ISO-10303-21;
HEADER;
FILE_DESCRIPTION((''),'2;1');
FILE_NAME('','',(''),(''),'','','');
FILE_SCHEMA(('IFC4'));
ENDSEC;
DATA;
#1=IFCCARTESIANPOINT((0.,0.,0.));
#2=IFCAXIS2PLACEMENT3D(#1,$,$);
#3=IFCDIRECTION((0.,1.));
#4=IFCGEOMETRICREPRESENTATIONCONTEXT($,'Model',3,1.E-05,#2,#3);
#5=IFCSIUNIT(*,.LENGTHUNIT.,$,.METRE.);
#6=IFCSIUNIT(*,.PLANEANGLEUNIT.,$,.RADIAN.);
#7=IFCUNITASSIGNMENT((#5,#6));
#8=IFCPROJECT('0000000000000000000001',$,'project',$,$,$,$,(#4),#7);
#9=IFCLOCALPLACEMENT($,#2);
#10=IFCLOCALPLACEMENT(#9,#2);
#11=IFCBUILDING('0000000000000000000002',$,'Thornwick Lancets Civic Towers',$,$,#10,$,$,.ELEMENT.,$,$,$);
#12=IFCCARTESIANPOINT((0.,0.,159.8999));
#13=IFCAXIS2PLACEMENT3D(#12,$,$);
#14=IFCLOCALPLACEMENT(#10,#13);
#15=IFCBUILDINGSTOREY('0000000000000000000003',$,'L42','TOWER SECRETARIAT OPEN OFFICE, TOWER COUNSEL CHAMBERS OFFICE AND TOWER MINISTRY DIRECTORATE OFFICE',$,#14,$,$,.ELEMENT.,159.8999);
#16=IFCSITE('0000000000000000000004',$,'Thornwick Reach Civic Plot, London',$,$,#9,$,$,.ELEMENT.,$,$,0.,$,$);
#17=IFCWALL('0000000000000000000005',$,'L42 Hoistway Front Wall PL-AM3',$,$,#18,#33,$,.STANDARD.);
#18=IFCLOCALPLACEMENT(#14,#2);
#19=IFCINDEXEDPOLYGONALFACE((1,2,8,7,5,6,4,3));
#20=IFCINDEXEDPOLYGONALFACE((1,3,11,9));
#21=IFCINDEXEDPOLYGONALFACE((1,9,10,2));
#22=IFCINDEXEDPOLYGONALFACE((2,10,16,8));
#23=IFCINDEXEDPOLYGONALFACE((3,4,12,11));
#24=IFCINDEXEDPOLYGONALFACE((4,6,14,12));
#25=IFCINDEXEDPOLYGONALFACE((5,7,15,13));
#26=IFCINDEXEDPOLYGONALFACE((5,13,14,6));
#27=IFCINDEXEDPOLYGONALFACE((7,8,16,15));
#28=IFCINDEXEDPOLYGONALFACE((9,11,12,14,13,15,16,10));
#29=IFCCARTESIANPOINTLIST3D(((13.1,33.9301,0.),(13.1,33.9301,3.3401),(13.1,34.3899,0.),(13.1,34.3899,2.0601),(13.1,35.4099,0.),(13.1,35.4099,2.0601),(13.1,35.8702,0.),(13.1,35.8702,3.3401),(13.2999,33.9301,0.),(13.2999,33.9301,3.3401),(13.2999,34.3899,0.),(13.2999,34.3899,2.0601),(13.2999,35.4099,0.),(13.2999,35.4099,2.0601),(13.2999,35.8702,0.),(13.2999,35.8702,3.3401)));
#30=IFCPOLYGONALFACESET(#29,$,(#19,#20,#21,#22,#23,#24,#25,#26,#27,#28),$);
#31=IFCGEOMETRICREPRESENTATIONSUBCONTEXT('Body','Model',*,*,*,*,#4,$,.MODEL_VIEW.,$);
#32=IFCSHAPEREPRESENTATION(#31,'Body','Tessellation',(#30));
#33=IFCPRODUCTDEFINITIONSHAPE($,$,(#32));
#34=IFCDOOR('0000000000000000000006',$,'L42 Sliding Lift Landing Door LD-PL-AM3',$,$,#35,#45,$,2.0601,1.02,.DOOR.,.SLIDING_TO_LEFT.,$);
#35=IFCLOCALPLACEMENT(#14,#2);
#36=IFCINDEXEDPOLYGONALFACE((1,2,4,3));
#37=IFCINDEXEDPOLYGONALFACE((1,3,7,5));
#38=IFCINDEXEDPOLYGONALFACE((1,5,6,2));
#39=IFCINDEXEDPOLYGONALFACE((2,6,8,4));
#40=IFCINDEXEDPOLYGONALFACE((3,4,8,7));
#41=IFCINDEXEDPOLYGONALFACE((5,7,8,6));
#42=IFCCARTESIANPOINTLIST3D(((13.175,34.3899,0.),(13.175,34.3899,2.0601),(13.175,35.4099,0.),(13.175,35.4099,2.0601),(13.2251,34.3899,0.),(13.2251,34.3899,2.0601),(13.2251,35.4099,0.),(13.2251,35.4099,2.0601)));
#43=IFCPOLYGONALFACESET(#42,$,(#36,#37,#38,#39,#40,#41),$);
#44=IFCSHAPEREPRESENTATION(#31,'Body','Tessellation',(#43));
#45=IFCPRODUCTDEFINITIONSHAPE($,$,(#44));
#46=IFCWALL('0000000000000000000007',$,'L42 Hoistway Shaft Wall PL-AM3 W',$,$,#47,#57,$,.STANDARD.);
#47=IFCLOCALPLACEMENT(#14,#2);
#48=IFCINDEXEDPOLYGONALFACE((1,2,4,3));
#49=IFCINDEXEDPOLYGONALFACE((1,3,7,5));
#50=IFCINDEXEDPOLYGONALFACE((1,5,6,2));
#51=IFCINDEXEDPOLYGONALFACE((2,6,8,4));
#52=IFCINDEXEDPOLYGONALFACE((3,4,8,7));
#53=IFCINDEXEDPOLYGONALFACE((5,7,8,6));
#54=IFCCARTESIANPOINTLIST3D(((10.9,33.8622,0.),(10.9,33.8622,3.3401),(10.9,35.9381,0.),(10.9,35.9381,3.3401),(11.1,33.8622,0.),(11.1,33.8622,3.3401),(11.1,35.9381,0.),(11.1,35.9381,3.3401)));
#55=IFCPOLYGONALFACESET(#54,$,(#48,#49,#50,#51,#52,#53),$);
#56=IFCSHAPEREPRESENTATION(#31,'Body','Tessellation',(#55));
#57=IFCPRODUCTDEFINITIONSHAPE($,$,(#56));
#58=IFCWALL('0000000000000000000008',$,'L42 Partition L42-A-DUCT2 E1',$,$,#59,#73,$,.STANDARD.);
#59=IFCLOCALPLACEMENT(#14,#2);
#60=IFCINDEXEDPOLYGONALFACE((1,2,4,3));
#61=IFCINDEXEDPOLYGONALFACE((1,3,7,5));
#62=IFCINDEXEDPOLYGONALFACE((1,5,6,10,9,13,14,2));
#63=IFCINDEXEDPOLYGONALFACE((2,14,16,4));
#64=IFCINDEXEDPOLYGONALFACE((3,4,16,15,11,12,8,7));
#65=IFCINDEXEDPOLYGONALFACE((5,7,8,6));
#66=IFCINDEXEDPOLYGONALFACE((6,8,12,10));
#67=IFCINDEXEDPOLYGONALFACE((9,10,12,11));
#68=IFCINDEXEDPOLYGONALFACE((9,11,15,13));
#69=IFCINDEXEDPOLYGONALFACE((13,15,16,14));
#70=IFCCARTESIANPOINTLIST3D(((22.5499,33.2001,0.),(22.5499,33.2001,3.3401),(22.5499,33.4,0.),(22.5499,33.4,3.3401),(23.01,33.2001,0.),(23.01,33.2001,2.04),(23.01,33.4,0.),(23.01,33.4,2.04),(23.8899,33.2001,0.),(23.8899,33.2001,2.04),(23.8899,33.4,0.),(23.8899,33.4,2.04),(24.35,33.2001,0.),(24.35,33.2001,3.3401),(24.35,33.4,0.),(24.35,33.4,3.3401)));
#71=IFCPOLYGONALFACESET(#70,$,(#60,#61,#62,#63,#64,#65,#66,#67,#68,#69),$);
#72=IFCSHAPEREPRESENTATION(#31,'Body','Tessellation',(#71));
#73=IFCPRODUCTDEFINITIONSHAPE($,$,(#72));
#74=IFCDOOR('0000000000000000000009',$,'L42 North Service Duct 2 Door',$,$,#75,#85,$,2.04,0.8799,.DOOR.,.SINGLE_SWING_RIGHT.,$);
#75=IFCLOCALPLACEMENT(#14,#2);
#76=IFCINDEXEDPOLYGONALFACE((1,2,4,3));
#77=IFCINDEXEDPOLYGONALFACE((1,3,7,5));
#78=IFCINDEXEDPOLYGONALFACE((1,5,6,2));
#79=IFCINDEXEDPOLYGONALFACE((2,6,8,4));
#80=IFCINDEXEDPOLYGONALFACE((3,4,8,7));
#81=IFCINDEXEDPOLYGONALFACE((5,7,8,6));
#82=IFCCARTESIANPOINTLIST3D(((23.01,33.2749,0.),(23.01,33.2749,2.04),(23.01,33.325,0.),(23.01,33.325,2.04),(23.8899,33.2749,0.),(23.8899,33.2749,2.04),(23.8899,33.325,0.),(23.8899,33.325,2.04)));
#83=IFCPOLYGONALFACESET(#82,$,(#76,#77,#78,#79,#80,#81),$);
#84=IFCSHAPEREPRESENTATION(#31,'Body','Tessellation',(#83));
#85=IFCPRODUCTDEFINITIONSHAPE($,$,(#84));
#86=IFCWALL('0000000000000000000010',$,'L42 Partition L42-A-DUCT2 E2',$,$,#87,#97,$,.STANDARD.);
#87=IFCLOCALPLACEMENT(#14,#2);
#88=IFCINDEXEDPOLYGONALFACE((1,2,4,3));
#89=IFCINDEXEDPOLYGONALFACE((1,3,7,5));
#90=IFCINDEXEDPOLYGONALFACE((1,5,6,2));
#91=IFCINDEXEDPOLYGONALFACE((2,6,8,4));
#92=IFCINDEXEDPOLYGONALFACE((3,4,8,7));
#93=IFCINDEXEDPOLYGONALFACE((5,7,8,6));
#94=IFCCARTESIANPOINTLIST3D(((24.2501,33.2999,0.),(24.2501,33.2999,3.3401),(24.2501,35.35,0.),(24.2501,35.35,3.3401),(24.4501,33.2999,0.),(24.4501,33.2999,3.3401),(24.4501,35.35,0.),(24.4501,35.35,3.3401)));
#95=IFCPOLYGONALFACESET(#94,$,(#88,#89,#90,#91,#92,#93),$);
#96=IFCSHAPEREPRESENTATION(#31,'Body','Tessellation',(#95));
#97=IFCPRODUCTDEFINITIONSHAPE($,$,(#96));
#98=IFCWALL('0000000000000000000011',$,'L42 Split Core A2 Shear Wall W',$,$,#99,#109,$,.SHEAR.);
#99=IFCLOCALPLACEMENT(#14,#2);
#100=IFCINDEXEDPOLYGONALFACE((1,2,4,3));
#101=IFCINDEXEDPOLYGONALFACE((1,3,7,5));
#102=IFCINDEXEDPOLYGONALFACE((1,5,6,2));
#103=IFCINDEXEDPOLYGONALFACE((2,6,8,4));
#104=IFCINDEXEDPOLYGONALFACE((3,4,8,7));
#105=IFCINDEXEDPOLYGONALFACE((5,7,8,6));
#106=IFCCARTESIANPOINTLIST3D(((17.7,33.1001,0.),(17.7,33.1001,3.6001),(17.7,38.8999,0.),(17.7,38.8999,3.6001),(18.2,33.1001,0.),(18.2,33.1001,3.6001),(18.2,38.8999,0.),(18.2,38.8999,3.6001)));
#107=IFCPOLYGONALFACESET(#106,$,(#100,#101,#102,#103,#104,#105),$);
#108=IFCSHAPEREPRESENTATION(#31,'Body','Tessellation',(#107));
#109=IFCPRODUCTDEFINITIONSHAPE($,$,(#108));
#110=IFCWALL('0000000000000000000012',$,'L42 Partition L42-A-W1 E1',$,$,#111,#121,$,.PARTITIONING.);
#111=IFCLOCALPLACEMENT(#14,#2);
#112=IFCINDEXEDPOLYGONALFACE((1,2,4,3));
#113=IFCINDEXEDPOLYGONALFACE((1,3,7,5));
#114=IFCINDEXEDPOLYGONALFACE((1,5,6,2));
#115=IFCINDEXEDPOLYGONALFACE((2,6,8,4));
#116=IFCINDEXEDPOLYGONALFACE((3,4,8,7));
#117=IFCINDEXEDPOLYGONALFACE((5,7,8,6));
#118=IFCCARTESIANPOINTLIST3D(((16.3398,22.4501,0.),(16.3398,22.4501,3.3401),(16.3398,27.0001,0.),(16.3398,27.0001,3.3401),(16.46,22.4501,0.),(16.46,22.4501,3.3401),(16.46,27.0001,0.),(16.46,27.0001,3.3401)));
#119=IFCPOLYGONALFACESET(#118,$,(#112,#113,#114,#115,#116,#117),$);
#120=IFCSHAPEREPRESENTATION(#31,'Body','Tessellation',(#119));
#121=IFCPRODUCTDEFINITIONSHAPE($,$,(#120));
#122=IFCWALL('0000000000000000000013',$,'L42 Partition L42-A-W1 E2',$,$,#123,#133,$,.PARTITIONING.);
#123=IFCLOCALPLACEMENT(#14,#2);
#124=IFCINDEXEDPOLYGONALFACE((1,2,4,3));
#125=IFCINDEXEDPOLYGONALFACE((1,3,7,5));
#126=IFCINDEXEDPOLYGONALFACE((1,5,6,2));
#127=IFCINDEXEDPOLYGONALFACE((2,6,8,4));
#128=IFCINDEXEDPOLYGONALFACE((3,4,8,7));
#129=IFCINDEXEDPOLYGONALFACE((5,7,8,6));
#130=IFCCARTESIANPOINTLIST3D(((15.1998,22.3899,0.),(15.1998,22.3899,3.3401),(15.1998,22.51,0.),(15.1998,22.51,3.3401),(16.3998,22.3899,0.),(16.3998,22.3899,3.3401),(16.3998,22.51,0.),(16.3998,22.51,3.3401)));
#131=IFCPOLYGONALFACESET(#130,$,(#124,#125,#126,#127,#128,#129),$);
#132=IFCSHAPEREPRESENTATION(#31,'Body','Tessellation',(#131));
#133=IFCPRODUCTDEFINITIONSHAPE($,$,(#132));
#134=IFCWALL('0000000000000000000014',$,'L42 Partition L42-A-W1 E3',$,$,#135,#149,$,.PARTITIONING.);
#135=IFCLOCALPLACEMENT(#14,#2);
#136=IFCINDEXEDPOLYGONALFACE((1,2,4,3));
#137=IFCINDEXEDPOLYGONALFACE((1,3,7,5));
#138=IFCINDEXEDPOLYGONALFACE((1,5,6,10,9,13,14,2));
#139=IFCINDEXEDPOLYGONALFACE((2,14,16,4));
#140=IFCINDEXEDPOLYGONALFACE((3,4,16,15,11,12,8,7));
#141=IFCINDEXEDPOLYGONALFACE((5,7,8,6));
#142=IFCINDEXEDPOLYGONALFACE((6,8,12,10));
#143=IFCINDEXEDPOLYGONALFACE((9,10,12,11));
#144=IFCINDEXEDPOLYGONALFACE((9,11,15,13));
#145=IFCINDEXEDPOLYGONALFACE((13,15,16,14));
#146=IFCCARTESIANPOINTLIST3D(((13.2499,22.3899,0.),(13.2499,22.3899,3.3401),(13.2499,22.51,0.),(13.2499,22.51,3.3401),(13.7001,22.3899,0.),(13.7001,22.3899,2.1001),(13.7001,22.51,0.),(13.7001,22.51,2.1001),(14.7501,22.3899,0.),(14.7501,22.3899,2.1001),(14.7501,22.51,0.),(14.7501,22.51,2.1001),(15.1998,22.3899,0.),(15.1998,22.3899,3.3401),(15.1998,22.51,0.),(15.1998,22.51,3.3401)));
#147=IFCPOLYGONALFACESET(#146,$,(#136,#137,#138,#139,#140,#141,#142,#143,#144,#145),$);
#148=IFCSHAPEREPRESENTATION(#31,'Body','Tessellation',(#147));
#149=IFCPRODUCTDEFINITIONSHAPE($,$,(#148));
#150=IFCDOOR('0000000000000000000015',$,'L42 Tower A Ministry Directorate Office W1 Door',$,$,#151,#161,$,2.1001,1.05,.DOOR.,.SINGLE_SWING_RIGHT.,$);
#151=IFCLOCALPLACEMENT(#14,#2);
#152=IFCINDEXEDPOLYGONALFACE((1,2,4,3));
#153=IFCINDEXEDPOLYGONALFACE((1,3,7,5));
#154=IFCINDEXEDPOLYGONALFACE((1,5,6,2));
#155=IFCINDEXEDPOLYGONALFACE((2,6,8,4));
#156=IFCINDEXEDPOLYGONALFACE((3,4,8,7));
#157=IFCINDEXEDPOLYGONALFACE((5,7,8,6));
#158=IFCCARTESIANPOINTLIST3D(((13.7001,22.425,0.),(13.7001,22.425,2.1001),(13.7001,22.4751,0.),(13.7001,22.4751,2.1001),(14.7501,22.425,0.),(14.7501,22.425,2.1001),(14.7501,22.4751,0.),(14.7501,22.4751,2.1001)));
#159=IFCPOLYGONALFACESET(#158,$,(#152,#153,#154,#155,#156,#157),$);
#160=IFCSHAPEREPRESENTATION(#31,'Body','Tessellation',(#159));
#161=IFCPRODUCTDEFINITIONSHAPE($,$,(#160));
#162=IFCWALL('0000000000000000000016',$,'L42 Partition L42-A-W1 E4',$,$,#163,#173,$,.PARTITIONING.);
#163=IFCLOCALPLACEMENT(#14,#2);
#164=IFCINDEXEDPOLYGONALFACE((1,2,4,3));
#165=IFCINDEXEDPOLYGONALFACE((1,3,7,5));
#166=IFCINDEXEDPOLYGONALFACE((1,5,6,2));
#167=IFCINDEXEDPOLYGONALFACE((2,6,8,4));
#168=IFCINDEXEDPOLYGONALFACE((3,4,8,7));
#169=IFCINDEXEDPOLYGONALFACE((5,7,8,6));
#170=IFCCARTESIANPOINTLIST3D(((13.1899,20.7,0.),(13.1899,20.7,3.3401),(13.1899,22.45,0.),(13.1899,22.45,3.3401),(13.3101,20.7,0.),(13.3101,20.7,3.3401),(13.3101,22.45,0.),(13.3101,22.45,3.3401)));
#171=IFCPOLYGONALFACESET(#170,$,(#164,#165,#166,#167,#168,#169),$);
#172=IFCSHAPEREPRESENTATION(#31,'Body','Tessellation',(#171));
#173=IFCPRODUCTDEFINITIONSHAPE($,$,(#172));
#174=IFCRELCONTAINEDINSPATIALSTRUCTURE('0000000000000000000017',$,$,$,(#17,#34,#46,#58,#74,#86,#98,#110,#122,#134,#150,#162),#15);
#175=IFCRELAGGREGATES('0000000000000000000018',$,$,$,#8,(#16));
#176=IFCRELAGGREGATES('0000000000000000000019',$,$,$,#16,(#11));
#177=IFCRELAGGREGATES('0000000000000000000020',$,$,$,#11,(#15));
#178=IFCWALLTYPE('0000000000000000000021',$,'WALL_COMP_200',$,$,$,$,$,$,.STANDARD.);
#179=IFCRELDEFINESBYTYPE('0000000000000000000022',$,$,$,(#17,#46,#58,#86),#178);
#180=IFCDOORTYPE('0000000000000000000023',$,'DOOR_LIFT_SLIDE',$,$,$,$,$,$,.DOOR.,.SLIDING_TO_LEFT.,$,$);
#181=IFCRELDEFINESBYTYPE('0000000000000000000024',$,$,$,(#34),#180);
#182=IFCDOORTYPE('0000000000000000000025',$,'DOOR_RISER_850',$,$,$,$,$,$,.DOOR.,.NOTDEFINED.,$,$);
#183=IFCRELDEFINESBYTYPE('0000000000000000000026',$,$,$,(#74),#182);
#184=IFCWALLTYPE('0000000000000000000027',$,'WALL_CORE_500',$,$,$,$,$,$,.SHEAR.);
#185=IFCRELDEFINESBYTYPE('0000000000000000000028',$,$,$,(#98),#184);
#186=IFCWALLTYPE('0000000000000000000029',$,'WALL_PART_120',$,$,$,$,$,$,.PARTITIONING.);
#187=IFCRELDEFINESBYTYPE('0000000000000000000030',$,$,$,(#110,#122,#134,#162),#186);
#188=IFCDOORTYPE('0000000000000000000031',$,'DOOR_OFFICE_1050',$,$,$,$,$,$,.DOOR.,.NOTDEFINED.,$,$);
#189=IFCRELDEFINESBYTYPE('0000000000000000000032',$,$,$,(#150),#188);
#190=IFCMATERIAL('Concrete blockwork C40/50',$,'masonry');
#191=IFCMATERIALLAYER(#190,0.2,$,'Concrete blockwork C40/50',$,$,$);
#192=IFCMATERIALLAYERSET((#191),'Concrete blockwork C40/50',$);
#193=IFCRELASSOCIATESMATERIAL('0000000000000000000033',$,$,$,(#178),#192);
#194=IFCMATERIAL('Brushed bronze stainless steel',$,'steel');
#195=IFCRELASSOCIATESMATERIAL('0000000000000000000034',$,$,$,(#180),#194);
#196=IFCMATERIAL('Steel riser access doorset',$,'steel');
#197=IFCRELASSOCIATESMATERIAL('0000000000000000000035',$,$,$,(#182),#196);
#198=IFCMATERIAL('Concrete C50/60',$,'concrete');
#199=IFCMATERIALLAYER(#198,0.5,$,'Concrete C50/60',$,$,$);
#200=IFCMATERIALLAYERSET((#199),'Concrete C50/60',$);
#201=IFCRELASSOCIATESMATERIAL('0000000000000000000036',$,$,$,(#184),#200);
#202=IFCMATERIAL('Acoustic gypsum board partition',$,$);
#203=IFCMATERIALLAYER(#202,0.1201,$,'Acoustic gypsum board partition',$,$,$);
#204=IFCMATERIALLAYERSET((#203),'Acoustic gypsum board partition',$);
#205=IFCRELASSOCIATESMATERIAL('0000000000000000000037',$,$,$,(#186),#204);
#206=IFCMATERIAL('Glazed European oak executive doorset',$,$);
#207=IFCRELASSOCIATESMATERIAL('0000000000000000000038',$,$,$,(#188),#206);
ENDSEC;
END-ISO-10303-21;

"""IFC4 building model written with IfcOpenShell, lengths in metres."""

from ifc_helpers import new_model, si_unit, direction, frame, frame_2d, origin, place, context, subcontext, project, spatial, rectangle, extrude, material, layer, layer_set, type_object, element, fill, save


model = new_model("IFC4")

# Units and contexts
model_context = context("Model", 3, precision=1e-05, world=origin(), true_north=direction((0.0, 1.0)))
body_context = subcontext(model_context, "Body", "Model", "MODEL_VIEW")
ifc_project = project(units=[si_unit("LENGTHUNIT", "METRE"), si_unit("PLANEANGLEUNIT", "RADIAN")], contexts=[model_context])

# Site, building, storey
site_placement = place(None, origin())
site = spatial("IfcSite", under=ifc_project, at=site_placement, Name="Thornwick Reach Civic Plot, London", CompositionType="ELEMENT", RefElevation=0.0)
building_placement = place(site_placement, origin())
building = spatial("IfcBuilding", under=site, at=building_placement, Name="Thornwick Lancets Civic Towers", CompositionType="ELEMENT")
storey_placement = place(building_placement, frame((0.0, 0.0, 159.8999)))
storey = spatial("IfcBuildingStorey", under=building, at=storey_placement, Name="L42", Description="TOWER SECRETARIAT OPEN OFFICE, TOWER COUNSEL CHAMBERS OFFICE AND TOWER MINISTRY DIRECTORATE OFFICE", CompositionType="ELEMENT", Elevation=159.8999)

# Shared definitions
ifc_material_1 = material(Name="Concrete C50/60", Category="concrete")

# Wall, opening, door
ifc_material_2 = material(Name="Concrete blockwork C40/50", Category="masonry")
ifc_layer_1 = layer(ifc_material_2, 0.2, Name="Concrete blockwork C40/50")
ifc_layer_set_1 = layer_set([ifc_layer_1], Name="Concrete blockwork C40/50")
wall_type_1 = type_object("IfcWallType", Name="WALL_COMP_200", PredefinedType="STANDARD", material=ifc_layer_set_1)
wall_1_placement = place(storey_placement, frame((13.2, 33.9299, 0.0), z_axis=(0.0, 0.0, 1.0), x_axis=(0.0, 1.0, 0.0)))
wall_1 = element("IfcWall", 1, at=wall_1_placement, inside=storey, type_object=wall_type_1, Name="L42 Hoistway Front Wall PL-AM3", PredefinedType="STANDARD", context=body_context, shape_type="SweptSolid", body=[
    extrude(rectangle(XDim=1.9402, YDim=0.2, at=frame_2d((0.9702, 0.0))), origin(), (0.0, 0.0, 1.0), 3.3401),
])
opening_1_placement = place(wall_1_placement, frame((0.46, 0.0, 0.0)))
opening_1 = element("IfcOpeningElement", 2, at=opening_1_placement, cuts=wall_1, PredefinedType="OPENING", context=body_context, shape_type="SweptSolid", body=[
    extrude(rectangle(XDim=1.02, YDim=2.0601, at=frame_2d((0.51, 1.03))), frame((0.0, 0.1099, 0.0), z_axis=(0.0, -1.0, 0.0), x_axis=(1.0, 0.0, 0.0)), (0.0, 0.0, 1.0), 0.22),
])
ifc_material_3 = material(Name="Brushed bronze stainless steel", Category="steel")
door_type_1 = type_object("IfcDoorType", Name="DOOR_LIFT_SLIDE", OperationType="SLIDING_TO_LEFT", PredefinedType="DOOR", material=ifc_material_3)
door_1_placement = place(opening_1_placement, origin())
door_1 = element("IfcDoor", 3, at=door_1_placement, inside=storey, type_object=door_type_1, Name="L42 Sliding Lift Landing Door LD-PL-AM3", OperationType="SLIDING_TO_LEFT", OverallHeight=2.0601, OverallWidth=1.02, PredefinedType="DOOR", context=body_context, shape_type="SweptSolid", body=[
    extrude(rectangle(XDim=1.02, YDim=2.0601, at=frame_2d((0.51, 1.03))), frame((0.0, 0.0249, 0.0), z_axis=(0.0, -1.0, 0.0), x_axis=(1.0, 0.0, 0.0)), (0.0, 0.0, 1.0), 0.05),
])
fill(opening_1, door_1)

# Wall
wall_2_placement = place(storey_placement, frame((11.0, 33.8621, 0.0), z_axis=(0.0, 0.0, 1.0), x_axis=(0.0, 1.0, 0.0)))
element("IfcWall", 4, at=wall_2_placement, inside=storey, type_object=wall_type_1, Name="L42 Hoistway Shaft Wall PL-AM3 W", PredefinedType="STANDARD", context=body_context, shape_type="SweptSolid", body=[
    extrude(rectangle(XDim=2.0759, YDim=0.2, at=frame_2d((1.0381, 0.0))), origin(), (0.0, 0.0, 1.0), 3.3401),
])

# Wall, opening, door
wall_3_placement = place(storey_placement, frame((22.55, 33.3, 0.0), z_axis=(0.0, 0.0, 1.0), x_axis=(1.0, 0.0, 0.0)))
wall_3 = element("IfcWall", 5, at=wall_3_placement, inside=storey, type_object=wall_type_1, Name="L42 Partition L42-A-DUCT2 E1", PredefinedType="STANDARD", context=body_context, shape_type="SweptSolid", body=[
    extrude(rectangle(XDim=1.8, YDim=0.2, at=frame_2d((0.8999, 0.0))), origin(), (0.0, 0.0, 1.0), 3.3401),
])
opening_2_placement = place(wall_3_placement, frame((0.46, 0.0, 0.0)))
opening_2 = element("IfcOpeningElement", 6, at=opening_2_placement, cuts=wall_3, PredefinedType="OPENING", context=body_context, shape_type="SweptSolid", body=[
    extrude(rectangle(XDim=0.8799, YDim=2.04, at=frame_2d((0.4399, 1.02))), frame((0.0, 0.1099, 0.0), z_axis=(0.0, -1.0, 0.0), x_axis=(1.0, 0.0, 0.0)), (0.0, 0.0, 1.0), 0.22),
])
ifc_material_4 = material(Name="Steel riser access doorset", Category="steel")
door_type_2 = type_object("IfcDoorType", Name="DOOR_RISER_850", OperationType="NOTDEFINED", PredefinedType="DOOR", material=ifc_material_4)
door_2_placement = place(opening_2_placement, origin())
door_2 = element("IfcDoor", 7, at=door_2_placement, inside=storey, type_object=door_type_2, Name="L42 North Service Duct 2 Door", OperationType="SINGLE_SWING_RIGHT", OverallHeight=2.04, OverallWidth=0.8799, PredefinedType="DOOR", context=body_context, shape_type="SweptSolid", body=[
    extrude(rectangle(XDim=0.8799, YDim=2.04, at=frame_2d((0.4399, 1.02))), frame((0.0, 0.0249, 0.0), z_axis=(0.0, -1.0, 0.0), x_axis=(1.0, 0.0, 0.0)), (0.0, 0.0, 1.0), 0.05),
])
fill(opening_2, door_2)

# Walls
wall_4_placement = place(storey_placement, frame((24.3501, 33.3, 0.0), z_axis=(0.0, 0.0, 1.0), x_axis=(0.0, 1.0, 0.0)))
element("IfcWall", 8, at=wall_4_placement, inside=storey, type_object=wall_type_1, Name="L42 Partition L42-A-DUCT2 E2", PredefinedType="STANDARD", context=body_context, shape_type="SweptSolid", body=[
    extrude(rectangle(XDim=2.05, YDim=0.2, at=frame_2d((1.0249, 0.0))), origin(), (0.0, 0.0, 1.0), 3.3401),
])
ifc_layer_2 = layer(ifc_material_1, 0.5, Name="Concrete C50/60")
ifc_layer_set_2 = layer_set([ifc_layer_2], Name="Concrete C50/60")
wall_type_2 = type_object("IfcWallType", Name="WALL_CORE_500", PredefinedType="SHEAR", material=ifc_layer_set_2)
wall_5_placement = place(storey_placement, frame((17.95, 33.1001, 0.0), z_axis=(0.0, 0.0, 1.0), x_axis=(0.0, 1.0, 0.0)))
element("IfcWall", 9, at=wall_5_placement, inside=storey, type_object=wall_type_2, Name="L42 Split Core A2 Shear Wall W", PredefinedType="SHEAR", context=body_context, shape_type="SweptSolid", body=[
    extrude(rectangle(XDim=5.7998, YDim=0.5, at=frame_2d((2.8999, 0.0))), origin(), (0.0, 0.0, 1.0), 3.6001),
])
ifc_material_5 = material(Name="Acoustic gypsum board partition")
ifc_layer_3 = layer(ifc_material_5, 0.1201, Name="Acoustic gypsum board partition")
ifc_layer_set_3 = layer_set([ifc_layer_3], Name="Acoustic gypsum board partition")
wall_type_3 = type_object("IfcWallType", Name="WALL_PART_120", PredefinedType="PARTITIONING", material=ifc_layer_set_3)
wall_6_placement = place(storey_placement, frame((16.3999, 27.0, 0.0), z_axis=(0.0, 0.0, 1.0), x_axis=(0.0, -1.0, 0.0)))
element("IfcWall", 10, at=wall_6_placement, inside=storey, type_object=wall_type_3, Name="L42 Partition L42-A-W1 E1", PredefinedType="PARTITIONING", context=body_context, shape_type="SweptSolid", body=[
    extrude(rectangle(XDim=4.55, YDim=0.1201, at=frame_2d((2.2749, 0.0))), origin(), (0.0, 0.0, 1.0), 3.3401),
])
wall_7_placement = place(storey_placement, frame((16.3999, 22.45, 0.0), z_axis=(0.0, 0.0, 1.0), x_axis=(-1.0, 0.0, 0.0)))
element("IfcWall", 11, at=wall_7_placement, inside=storey, type_object=wall_type_3, Name="L42 Partition L42-A-W1 E2", PredefinedType="PARTITIONING", context=body_context, shape_type="SweptSolid", body=[
    extrude(rectangle(XDim=1.2, YDim=0.1201, at=frame_2d((0.6001, 0.0))), origin(), (0.0, 0.0, 1.0), 3.3401),
])

# Wall, opening, door
wall_8_placement = place(storey_placement, frame((15.2, 22.45, 0.0), z_axis=(0.0, 0.0, 1.0), x_axis=(-1.0, 0.0, 0.0)))
wall_8 = element("IfcWall", 12, at=wall_8_placement, inside=storey, type_object=wall_type_3, Name="L42 Partition L42-A-W1 E3", PredefinedType="PARTITIONING", context=body_context, shape_type="SweptSolid", body=[
    extrude(rectangle(XDim=1.95, YDim=0.1201, at=frame_2d((0.9751, 0.0))), origin(), (0.0, 0.0, 1.0), 3.3401),
])
opening_3_placement = place(wall_8_placement, frame((0.45, 0.0, 0.0)))
opening_3 = element("IfcOpeningElement", 13, at=opening_3_placement, cuts=wall_8, PredefinedType="OPENING", context=body_context, shape_type="SweptSolid", body=[
    extrude(rectangle(XDim=1.05, YDim=2.1001, at=frame_2d((0.5249, 1.05))), frame((0.0, 0.0701, 0.0), z_axis=(0.0, -1.0, 0.0), x_axis=(1.0, 0.0, 0.0)), (0.0, 0.0, 1.0), 0.1401),
])
ifc_material_6 = material(Name="Glazed European oak executive doorset")
door_type_3 = type_object("IfcDoorType", Name="DOOR_OFFICE_1050", OperationType="NOTDEFINED", PredefinedType="DOOR", material=ifc_material_6)
door_3_placement = place(opening_3_placement, origin())
door_3 = element("IfcDoor", 14, at=door_3_placement, inside=storey, type_object=door_type_3, Name="L42 Tower A Ministry Directorate Office W1 Door", OperationType="SINGLE_SWING_RIGHT", OverallHeight=2.1001, OverallWidth=1.05, PredefinedType="DOOR", context=body_context, shape_type="SweptSolid", body=[
    extrude(rectangle(XDim=1.05, YDim=2.1001, at=frame_2d((0.5249, 1.05))), frame((0.0, 0.0249, 0.0), z_axis=(0.0, -1.0, 0.0), x_axis=(1.0, 0.0, 0.0)), (0.0, 0.0, 1.0), 0.05),
])
fill(opening_3, door_3)

# Wall
wall_9_placement = place(storey_placement, frame((13.25, 22.45, 0.0), z_axis=(0.0, 0.0, 1.0), x_axis=(0.0, -1.0, 0.0)))
element("IfcWall", 15, at=wall_9_placement, inside=storey, type_object=wall_type_3, Name="L42 Partition L42-A-W1 E4", PredefinedType="PARTITIONING", context=body_context, shape_type="SweptSolid", body=[
    extrude(rectangle(XDim=1.75, YDim=0.1201, at=frame_2d((0.875, 0.0))), origin(), (0.0, 0.0, 1.0), 3.3401),
])

save(model, "model.ifc")
